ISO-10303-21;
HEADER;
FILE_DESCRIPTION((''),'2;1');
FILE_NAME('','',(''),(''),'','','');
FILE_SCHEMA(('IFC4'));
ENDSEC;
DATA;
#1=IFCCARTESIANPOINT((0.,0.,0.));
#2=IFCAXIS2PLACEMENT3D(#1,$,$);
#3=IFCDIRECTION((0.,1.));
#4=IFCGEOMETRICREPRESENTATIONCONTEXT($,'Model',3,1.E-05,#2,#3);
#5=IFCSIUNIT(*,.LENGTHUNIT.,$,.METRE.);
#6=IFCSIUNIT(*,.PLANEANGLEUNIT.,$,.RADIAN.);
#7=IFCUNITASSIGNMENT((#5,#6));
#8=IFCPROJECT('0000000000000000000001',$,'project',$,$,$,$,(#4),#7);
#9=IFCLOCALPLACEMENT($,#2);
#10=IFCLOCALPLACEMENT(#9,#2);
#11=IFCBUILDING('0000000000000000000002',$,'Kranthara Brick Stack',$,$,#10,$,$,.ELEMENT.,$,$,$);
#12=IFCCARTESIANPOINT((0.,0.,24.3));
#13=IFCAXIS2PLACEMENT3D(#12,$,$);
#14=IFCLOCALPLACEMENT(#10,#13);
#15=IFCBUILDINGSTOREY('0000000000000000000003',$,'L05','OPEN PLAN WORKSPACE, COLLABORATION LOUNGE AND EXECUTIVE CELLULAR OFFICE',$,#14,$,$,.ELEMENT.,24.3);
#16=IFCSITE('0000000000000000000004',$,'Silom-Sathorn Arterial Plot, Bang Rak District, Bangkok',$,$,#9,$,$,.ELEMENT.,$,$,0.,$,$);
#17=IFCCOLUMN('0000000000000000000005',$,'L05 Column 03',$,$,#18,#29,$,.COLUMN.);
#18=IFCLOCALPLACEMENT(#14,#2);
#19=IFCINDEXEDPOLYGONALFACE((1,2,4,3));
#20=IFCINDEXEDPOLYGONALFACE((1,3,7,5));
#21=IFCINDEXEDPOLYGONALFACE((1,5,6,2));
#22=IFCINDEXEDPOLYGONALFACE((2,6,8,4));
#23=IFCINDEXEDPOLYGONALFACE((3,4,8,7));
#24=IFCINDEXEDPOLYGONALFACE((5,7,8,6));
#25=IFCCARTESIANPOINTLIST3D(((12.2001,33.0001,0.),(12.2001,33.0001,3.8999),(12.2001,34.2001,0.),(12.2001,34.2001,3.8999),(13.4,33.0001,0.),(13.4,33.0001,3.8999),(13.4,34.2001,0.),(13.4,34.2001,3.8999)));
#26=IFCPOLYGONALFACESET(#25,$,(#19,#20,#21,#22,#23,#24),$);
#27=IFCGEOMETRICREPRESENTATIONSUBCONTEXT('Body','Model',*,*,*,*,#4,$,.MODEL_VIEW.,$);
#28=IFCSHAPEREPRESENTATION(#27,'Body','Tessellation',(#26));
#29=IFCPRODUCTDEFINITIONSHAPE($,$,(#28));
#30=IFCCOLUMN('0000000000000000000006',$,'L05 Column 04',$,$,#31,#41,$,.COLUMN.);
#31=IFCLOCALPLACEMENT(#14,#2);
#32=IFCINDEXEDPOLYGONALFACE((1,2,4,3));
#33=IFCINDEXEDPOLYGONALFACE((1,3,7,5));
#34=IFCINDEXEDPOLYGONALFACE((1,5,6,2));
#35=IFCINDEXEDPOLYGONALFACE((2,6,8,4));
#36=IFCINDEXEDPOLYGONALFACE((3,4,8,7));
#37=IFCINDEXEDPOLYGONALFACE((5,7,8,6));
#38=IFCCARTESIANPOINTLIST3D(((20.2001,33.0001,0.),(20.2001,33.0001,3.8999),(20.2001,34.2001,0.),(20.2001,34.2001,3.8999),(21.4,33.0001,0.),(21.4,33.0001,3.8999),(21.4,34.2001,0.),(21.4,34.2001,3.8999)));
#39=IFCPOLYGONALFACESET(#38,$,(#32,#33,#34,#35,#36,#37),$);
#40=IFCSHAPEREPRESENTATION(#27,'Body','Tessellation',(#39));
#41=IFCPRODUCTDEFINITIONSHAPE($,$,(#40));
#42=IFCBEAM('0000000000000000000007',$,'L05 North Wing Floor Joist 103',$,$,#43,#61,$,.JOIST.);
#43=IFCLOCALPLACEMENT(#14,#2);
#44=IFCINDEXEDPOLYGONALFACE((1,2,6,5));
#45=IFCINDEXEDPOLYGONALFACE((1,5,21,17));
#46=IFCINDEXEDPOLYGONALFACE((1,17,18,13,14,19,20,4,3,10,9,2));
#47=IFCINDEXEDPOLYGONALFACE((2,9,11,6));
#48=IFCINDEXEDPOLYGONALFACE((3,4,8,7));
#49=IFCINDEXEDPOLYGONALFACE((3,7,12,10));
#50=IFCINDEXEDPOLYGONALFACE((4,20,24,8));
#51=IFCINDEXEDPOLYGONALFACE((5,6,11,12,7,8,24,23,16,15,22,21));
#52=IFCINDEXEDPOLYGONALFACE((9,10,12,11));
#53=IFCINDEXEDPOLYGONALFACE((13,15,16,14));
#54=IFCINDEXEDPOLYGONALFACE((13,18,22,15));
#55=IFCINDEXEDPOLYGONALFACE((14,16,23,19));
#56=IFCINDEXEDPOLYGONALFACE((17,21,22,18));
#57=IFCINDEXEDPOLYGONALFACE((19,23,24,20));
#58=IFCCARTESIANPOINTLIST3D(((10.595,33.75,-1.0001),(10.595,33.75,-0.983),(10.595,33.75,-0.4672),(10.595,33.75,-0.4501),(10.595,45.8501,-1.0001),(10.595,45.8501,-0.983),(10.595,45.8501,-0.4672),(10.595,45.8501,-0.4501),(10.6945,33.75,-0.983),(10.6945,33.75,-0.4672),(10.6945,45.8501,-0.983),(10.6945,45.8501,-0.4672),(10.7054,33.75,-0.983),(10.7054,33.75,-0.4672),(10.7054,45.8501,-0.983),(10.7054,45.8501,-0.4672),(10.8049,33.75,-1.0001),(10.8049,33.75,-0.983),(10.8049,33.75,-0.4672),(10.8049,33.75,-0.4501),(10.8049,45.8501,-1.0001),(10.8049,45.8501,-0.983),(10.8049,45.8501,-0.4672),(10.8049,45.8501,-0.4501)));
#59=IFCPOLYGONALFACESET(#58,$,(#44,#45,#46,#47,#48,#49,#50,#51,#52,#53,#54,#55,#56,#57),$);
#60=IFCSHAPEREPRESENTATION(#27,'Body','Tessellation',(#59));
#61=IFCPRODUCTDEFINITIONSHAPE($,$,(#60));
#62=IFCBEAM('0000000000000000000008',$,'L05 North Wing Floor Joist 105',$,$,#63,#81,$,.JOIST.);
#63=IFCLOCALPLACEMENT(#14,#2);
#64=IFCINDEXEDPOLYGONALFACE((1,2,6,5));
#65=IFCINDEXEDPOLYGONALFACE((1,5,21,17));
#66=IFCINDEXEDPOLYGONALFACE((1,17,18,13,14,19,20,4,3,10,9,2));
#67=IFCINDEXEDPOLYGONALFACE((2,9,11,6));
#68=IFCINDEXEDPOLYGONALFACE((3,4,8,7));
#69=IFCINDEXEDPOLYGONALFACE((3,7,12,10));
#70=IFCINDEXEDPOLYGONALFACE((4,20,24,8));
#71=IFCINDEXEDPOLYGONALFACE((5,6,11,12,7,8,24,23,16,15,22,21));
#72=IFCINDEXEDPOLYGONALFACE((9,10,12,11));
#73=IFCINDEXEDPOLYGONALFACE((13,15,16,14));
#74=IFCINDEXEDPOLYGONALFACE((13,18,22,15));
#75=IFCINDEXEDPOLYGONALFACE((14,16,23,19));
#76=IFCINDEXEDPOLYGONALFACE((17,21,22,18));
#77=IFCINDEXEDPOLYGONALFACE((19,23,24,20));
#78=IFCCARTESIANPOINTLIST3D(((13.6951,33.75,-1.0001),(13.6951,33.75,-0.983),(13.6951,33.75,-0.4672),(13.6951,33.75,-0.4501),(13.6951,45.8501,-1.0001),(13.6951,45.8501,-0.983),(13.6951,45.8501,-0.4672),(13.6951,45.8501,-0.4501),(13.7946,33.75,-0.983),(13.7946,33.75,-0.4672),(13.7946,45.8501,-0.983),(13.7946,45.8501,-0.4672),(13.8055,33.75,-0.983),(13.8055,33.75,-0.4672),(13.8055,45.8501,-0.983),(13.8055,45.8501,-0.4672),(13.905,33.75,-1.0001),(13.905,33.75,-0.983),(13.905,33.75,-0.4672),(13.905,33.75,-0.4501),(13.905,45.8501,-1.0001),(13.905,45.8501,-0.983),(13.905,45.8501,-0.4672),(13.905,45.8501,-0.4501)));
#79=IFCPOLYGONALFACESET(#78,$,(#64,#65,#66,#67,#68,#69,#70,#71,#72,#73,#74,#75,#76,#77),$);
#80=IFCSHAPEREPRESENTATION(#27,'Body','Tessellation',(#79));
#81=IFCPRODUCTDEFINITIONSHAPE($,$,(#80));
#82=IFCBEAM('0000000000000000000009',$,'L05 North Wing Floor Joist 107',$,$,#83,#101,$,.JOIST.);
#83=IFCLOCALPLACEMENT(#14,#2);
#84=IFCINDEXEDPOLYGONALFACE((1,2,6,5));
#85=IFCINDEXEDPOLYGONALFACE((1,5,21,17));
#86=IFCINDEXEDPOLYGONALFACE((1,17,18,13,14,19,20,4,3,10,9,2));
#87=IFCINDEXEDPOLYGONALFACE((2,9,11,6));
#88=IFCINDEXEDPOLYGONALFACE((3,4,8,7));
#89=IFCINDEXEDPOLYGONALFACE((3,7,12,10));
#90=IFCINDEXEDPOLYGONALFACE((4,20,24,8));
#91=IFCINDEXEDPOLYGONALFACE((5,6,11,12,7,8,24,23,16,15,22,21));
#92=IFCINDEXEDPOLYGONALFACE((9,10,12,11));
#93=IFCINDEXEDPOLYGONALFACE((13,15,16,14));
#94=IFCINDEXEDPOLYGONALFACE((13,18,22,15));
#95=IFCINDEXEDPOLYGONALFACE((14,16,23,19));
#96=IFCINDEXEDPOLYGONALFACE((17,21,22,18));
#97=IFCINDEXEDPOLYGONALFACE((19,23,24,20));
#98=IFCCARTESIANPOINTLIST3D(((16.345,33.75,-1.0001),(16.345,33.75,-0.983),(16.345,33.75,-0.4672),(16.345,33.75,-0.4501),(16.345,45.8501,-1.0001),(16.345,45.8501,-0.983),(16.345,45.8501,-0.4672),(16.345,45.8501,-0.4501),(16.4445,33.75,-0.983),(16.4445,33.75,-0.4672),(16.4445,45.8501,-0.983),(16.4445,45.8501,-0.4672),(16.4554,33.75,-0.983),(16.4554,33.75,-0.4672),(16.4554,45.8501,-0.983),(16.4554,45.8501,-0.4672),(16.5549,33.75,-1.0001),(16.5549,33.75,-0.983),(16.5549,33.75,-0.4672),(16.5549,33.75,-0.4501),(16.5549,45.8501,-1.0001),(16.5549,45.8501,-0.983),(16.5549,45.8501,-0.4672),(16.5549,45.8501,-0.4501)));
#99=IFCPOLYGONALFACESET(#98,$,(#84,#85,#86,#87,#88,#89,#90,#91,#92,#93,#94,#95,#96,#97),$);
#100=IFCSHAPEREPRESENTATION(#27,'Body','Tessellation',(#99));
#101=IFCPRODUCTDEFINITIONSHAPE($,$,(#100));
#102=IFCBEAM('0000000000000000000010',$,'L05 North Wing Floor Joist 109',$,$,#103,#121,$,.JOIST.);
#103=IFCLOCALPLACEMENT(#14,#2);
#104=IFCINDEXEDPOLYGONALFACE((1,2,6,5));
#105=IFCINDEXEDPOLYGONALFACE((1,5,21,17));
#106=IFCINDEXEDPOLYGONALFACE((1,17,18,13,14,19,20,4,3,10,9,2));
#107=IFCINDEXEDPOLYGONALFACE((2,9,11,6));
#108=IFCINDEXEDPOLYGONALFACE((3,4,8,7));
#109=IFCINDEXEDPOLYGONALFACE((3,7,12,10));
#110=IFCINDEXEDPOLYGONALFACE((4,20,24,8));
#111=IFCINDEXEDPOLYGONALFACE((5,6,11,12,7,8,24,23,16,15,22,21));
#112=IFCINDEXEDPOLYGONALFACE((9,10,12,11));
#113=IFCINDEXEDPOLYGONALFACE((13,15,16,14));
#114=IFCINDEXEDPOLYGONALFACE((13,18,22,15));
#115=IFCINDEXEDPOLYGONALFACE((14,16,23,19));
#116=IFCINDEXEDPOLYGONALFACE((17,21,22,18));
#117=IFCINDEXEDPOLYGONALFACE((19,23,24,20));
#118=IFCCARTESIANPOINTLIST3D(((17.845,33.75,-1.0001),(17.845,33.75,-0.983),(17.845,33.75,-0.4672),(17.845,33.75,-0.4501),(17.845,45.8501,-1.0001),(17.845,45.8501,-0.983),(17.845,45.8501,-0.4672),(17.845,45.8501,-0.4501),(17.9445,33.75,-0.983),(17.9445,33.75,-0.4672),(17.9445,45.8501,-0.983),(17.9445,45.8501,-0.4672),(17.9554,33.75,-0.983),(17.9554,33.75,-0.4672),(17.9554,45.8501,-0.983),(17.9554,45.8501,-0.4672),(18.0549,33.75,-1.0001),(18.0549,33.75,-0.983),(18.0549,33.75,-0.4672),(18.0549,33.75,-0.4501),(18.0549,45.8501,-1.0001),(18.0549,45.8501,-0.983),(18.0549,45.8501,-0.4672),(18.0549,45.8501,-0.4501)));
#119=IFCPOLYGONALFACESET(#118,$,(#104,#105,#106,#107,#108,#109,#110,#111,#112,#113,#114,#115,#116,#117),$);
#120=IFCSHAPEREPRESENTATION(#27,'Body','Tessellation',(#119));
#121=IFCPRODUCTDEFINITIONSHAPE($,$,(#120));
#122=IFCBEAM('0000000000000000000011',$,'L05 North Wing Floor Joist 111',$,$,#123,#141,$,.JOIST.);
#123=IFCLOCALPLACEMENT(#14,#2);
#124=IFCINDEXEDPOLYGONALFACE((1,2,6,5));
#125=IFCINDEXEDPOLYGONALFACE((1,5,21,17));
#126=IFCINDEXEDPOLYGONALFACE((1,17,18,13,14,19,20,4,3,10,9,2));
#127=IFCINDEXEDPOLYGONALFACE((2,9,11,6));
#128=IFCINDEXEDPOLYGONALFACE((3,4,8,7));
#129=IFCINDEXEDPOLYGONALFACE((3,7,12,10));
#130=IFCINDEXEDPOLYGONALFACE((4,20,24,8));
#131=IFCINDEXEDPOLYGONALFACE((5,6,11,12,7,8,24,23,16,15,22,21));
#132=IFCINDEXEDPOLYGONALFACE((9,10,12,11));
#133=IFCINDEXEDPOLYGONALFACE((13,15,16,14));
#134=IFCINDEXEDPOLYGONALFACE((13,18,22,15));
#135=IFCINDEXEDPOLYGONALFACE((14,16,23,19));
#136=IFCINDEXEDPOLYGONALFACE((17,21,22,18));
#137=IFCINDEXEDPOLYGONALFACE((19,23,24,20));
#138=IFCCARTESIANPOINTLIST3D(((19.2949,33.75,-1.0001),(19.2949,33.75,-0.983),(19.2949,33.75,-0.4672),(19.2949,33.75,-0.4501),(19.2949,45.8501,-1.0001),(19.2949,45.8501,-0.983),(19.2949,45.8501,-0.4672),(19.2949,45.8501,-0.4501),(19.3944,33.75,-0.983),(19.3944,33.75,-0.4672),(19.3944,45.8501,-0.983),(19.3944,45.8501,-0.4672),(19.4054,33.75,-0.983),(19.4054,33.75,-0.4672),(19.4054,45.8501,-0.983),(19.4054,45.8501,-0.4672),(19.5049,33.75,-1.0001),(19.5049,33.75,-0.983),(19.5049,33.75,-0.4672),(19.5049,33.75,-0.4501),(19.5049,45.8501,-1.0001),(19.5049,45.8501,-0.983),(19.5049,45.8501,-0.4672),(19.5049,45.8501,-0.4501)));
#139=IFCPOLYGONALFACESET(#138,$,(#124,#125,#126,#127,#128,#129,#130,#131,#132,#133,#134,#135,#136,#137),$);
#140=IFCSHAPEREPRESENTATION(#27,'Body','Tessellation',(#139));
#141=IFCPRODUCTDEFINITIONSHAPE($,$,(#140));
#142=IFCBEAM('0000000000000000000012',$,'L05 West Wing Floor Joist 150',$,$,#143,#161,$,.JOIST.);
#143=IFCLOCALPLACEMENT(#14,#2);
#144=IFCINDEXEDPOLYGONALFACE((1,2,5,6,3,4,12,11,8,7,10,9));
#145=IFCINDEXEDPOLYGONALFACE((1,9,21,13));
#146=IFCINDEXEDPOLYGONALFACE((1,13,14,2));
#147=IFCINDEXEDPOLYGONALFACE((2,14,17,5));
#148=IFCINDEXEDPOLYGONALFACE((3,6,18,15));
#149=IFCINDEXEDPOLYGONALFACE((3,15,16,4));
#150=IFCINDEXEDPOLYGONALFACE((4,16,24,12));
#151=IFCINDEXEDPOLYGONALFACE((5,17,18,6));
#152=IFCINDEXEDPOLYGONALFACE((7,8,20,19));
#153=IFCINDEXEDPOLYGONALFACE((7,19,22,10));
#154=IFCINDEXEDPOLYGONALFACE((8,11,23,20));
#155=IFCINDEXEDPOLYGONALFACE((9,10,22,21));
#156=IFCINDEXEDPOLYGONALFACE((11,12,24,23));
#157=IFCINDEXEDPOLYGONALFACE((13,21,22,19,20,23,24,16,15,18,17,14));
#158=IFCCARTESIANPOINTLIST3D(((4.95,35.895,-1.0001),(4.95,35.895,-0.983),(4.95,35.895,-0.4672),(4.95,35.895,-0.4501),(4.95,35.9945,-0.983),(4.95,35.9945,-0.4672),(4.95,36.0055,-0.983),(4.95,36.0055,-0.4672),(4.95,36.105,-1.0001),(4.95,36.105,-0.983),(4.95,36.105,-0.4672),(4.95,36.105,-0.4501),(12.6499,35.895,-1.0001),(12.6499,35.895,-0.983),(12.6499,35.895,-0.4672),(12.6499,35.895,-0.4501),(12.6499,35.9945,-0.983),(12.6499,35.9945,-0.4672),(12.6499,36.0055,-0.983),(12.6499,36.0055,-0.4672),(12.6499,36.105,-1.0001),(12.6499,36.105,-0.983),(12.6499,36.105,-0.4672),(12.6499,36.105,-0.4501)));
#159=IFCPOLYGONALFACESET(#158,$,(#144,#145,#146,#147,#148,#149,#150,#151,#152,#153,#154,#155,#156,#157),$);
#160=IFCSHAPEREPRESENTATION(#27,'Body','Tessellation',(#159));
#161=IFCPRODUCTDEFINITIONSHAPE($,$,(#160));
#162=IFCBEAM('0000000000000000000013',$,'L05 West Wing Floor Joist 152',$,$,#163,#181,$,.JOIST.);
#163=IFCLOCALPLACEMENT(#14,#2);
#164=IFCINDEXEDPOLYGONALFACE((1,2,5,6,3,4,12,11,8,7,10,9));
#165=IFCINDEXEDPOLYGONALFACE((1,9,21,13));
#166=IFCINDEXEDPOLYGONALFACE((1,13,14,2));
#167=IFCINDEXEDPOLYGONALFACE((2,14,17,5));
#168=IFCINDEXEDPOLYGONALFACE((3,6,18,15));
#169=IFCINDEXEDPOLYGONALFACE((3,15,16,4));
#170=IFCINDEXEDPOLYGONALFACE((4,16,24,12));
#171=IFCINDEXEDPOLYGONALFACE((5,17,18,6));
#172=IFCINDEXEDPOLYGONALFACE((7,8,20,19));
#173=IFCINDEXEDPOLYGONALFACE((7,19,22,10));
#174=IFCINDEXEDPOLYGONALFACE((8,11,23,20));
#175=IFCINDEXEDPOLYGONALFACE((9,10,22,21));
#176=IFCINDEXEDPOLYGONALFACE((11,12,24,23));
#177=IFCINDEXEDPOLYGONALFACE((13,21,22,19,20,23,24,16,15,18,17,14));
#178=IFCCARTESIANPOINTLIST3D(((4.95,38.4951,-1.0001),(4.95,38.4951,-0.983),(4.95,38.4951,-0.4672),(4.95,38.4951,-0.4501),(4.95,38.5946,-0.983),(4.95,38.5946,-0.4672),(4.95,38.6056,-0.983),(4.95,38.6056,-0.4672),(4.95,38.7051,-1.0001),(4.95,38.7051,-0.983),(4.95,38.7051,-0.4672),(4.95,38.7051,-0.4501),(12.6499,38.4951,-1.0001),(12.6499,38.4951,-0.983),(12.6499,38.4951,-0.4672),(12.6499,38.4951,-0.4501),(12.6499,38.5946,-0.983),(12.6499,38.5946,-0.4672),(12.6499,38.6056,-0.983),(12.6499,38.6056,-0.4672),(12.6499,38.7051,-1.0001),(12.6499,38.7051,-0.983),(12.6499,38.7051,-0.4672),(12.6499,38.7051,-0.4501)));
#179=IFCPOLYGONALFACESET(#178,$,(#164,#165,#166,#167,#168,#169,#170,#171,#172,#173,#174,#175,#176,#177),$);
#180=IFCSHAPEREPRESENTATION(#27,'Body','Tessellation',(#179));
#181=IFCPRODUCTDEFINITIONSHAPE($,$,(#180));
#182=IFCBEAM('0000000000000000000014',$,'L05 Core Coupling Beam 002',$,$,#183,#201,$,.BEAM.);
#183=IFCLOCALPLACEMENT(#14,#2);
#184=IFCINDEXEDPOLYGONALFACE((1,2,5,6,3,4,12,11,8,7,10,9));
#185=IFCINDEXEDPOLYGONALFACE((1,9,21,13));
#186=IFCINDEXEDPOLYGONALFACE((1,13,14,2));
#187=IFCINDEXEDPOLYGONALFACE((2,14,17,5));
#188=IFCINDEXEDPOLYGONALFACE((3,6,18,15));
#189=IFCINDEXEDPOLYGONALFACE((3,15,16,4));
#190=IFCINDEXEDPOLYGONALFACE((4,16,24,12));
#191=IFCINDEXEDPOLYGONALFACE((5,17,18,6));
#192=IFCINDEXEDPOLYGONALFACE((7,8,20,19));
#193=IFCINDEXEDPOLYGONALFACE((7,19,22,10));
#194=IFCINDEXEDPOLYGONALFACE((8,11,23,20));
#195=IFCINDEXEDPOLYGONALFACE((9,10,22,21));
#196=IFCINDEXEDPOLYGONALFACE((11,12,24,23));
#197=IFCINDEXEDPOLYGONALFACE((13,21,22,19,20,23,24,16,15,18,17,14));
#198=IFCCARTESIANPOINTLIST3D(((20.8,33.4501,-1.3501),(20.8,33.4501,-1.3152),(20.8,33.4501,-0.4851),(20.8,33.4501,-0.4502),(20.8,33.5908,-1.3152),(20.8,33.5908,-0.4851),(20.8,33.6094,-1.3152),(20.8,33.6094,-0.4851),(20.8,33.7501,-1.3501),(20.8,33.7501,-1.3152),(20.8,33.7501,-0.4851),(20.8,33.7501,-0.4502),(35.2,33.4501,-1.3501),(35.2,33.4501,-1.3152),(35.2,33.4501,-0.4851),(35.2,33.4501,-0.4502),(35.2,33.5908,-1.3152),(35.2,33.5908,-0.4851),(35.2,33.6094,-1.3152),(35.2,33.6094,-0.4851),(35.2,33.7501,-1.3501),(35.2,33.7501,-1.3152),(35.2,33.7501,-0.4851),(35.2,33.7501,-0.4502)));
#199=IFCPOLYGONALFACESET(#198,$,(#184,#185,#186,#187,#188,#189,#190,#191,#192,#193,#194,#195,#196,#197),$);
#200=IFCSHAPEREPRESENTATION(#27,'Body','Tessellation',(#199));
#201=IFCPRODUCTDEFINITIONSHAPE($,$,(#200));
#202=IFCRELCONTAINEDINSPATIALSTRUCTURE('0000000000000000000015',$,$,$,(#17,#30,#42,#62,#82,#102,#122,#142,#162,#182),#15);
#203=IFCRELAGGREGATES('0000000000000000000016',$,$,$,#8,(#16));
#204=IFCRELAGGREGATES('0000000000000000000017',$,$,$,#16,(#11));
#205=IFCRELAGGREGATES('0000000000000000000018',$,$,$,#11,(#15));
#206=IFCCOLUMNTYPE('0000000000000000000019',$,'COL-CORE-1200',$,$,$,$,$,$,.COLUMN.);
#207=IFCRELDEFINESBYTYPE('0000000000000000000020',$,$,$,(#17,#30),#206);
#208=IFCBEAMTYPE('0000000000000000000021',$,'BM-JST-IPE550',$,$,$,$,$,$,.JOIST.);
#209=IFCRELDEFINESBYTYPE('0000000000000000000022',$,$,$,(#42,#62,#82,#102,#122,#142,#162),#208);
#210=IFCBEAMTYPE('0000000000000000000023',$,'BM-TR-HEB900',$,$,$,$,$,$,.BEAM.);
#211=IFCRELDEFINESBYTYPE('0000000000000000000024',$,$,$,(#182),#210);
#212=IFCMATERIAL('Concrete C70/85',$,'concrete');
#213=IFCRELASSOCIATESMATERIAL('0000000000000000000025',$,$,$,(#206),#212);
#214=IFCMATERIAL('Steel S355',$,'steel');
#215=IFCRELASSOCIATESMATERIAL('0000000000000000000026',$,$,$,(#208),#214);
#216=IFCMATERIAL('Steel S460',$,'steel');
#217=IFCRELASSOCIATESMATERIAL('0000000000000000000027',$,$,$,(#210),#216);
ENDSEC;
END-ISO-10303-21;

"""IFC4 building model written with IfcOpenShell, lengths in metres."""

from ifc_helpers import new_model, si_unit, direction, frame, origin, origin_2d, place, context, subcontext, project, spatial, rectangle, i_section, extrude, material, material_profile, profile_set, type_object, element, save


model = new_model("IFC4")

# Units and contexts
model_context = context("Model", 3, precision=1e-05, world=origin(), true_north=direction((0.0, 1.0)))
body_context = subcontext(model_context, "Body", "Model", "MODEL_VIEW")
ifc_project = project(units=[si_unit("LENGTHUNIT", "METRE"), si_unit("PLANEANGLEUNIT", "RADIAN")], contexts=[model_context])

# Site, building, storey
site_placement = place(None, origin())
site = spatial("IfcSite", under=ifc_project, at=site_placement, Name="Silom-Sathorn Arterial Plot, Bang Rak District, Bangkok", CompositionType="ELEMENT", RefElevation=0.0)
building_placement = place(site_placement, origin())
building = spatial("IfcBuilding", under=site, at=building_placement, Name="Kranthara Brick Stack", CompositionType="ELEMENT")
storey_placement = place(building_placement, frame((0.0, 0.0, 24.3)))
storey = spatial("IfcBuildingStorey", under=building, at=storey_placement, Name="L05", Description="OPEN PLAN WORKSPACE, COLLABORATION LOUNGE AND EXECUTIVE CELLULAR OFFICE", CompositionType="ELEMENT", Elevation=24.3)

# Columns
ifc_material_1 = material(Name="Concrete C70/85", Category="concrete")
ifc_material_profile_1 = material_profile(ifc_material_1, rectangle(XDim=1.2, YDim=1.2, at=origin_2d()), Name="RC 1200x1200")
ifc_profile_set_1 = profile_set([ifc_material_profile_1], Name="Concrete C70/85")
column_type = type_object("IfcColumnType", Name="COL-CORE-1200", PredefinedType="COLUMN", material=ifc_profile_set_1)
for number, where, z_axis, x_axis, name in (
    (1, (12.8, 33.6001, 0.0), (0.0, 0.0, 1.0), (1.0, 0.0, 0.0), "L05 Column 03"),
    (2, (20.8, 33.6001, 0.0), (0.0, 0.0, 1.0), (1.0, 0.0, 0.0), "L05 Column 04"),
):
    element("IfcColumn", number, at=place(storey_placement, frame(where, z_axis=z_axis, x_axis=x_axis)), inside=storey, type_object=column_type, Name=name, PredefinedType="COLUMN", context=body_context, shape_type="SweptSolid", body=[
        extrude(rectangle(XDim=1.2, YDim=1.2, at=origin_2d()), origin(), (0.0, 0.0, 1.0), 3.8999),
    ])

# Beams
ifc_material_2 = material(Name="Steel S355", Category="steel")
ifc_material_profile_2 = material_profile(ifc_material_2, i_section(OverallWidth=0.21, OverallDepth=0.55, WebThickness=0.011, FlangeThickness=0.0171, at=origin_2d()), Name="IPE 550")
ifc_profile_set_2 = profile_set([ifc_material_profile_2], Name="Steel S355")
beam_type_1 = type_object("IfcBeamType", Name="BM-JST-IPE550", PredefinedType="JOIST", material=ifc_profile_set_2)
for number, where, z_axis, x_axis, name in (
    (3, (10.7, 33.75, -0.7251), (0.0, 1.0, 0.0), (-1.0, 0.0, 0.0), "L05 North Wing Floor Joist 103"),
    (4, (13.8, 33.75, -0.7251), (0.0, 1.0, 0.0), (-1.0, 0.0, 0.0), "L05 North Wing Floor Joist 105"),
    (5, (16.45, 33.75, -0.7251), (0.0, 1.0, 0.0), (-1.0, 0.0, 0.0), "L05 North Wing Floor Joist 107"),
    (6, (17.95, 33.75, -0.7251), (0.0, 1.0, 0.0), (-1.0, 0.0, 0.0), "L05 North Wing Floor Joist 109"),
    (7, (19.3999, 33.75, -0.7251), (0.0, 1.0, 0.0), (-1.0, 0.0, 0.0), "L05 North Wing Floor Joist 111"),
):
    element("IfcBeam", number, at=place(storey_placement, frame(where, z_axis=z_axis, x_axis=x_axis)), inside=storey, type_object=beam_type_1, Name=name, PredefinedType="JOIST", context=body_context, shape_type="SweptSolid", body=[
        extrude(i_section(OverallWidth=0.21, OverallDepth=0.55, WebThickness=0.011, FlangeThickness=0.0171, at=origin_2d()), origin(), (0.0, 0.0, 1.0), 12.1001),
    ])
for number, where, z_axis, x_axis, name in (
    (8, (4.95, 36.0, -0.7251), (1.0, 0.0, 0.0), (0.0, 1.0, 0.0), "L05 West Wing Floor Joist 150"),
    (9, (4.95, 38.6001, -0.7251), (1.0, 0.0, 0.0), (0.0, 1.0, 0.0), "L05 West Wing Floor Joist 152"),
):
    element("IfcBeam", number, at=place(storey_placement, frame(where, z_axis=z_axis, x_axis=x_axis)), inside=storey, type_object=beam_type_1, Name=name, PredefinedType="JOIST", context=body_context, shape_type="SweptSolid", body=[
        extrude(i_section(OverallWidth=0.21, OverallDepth=0.55, WebThickness=0.011, FlangeThickness=0.0171, at=origin_2d()), origin(), (0.0, 0.0, 1.0), 7.7),
    ])
ifc_material_3 = material(Name="Steel S460", Category="steel")
ifc_material_profile_3 = material_profile(ifc_material_3, i_section(OverallWidth=0.3, OverallDepth=0.8999, WebThickness=0.0186, FlangeThickness=0.0349, at=origin_2d()), Name="HEB 900")
ifc_profile_set_3 = profile_set([ifc_material_profile_3], Name="Steel S460")
beam_type_2 = type_object("IfcBeamType", Name="BM-TR-HEB900", PredefinedType="BEAM", material=ifc_profile_set_3)
beam_1_placement = place(storey_placement, frame((20.8, 33.6001, -0.9001), z_axis=(1.0, 0.0, 0.0), x_axis=(0.0, 1.0, 0.0)))
element("IfcBeam", 10, at=beam_1_placement, inside=storey, type_object=beam_type_2, Name="L05 Core Coupling Beam 002", PredefinedType="BEAM", context=body_context, shape_type="SweptSolid", body=[
    extrude(i_section(OverallWidth=0.3, OverallDepth=0.8999, WebThickness=0.0186, FlangeThickness=0.0349, at=origin_2d()), origin(), (0.0, 0.0, 1.0), 14.3999),
])

save(model, "model.ifc")
